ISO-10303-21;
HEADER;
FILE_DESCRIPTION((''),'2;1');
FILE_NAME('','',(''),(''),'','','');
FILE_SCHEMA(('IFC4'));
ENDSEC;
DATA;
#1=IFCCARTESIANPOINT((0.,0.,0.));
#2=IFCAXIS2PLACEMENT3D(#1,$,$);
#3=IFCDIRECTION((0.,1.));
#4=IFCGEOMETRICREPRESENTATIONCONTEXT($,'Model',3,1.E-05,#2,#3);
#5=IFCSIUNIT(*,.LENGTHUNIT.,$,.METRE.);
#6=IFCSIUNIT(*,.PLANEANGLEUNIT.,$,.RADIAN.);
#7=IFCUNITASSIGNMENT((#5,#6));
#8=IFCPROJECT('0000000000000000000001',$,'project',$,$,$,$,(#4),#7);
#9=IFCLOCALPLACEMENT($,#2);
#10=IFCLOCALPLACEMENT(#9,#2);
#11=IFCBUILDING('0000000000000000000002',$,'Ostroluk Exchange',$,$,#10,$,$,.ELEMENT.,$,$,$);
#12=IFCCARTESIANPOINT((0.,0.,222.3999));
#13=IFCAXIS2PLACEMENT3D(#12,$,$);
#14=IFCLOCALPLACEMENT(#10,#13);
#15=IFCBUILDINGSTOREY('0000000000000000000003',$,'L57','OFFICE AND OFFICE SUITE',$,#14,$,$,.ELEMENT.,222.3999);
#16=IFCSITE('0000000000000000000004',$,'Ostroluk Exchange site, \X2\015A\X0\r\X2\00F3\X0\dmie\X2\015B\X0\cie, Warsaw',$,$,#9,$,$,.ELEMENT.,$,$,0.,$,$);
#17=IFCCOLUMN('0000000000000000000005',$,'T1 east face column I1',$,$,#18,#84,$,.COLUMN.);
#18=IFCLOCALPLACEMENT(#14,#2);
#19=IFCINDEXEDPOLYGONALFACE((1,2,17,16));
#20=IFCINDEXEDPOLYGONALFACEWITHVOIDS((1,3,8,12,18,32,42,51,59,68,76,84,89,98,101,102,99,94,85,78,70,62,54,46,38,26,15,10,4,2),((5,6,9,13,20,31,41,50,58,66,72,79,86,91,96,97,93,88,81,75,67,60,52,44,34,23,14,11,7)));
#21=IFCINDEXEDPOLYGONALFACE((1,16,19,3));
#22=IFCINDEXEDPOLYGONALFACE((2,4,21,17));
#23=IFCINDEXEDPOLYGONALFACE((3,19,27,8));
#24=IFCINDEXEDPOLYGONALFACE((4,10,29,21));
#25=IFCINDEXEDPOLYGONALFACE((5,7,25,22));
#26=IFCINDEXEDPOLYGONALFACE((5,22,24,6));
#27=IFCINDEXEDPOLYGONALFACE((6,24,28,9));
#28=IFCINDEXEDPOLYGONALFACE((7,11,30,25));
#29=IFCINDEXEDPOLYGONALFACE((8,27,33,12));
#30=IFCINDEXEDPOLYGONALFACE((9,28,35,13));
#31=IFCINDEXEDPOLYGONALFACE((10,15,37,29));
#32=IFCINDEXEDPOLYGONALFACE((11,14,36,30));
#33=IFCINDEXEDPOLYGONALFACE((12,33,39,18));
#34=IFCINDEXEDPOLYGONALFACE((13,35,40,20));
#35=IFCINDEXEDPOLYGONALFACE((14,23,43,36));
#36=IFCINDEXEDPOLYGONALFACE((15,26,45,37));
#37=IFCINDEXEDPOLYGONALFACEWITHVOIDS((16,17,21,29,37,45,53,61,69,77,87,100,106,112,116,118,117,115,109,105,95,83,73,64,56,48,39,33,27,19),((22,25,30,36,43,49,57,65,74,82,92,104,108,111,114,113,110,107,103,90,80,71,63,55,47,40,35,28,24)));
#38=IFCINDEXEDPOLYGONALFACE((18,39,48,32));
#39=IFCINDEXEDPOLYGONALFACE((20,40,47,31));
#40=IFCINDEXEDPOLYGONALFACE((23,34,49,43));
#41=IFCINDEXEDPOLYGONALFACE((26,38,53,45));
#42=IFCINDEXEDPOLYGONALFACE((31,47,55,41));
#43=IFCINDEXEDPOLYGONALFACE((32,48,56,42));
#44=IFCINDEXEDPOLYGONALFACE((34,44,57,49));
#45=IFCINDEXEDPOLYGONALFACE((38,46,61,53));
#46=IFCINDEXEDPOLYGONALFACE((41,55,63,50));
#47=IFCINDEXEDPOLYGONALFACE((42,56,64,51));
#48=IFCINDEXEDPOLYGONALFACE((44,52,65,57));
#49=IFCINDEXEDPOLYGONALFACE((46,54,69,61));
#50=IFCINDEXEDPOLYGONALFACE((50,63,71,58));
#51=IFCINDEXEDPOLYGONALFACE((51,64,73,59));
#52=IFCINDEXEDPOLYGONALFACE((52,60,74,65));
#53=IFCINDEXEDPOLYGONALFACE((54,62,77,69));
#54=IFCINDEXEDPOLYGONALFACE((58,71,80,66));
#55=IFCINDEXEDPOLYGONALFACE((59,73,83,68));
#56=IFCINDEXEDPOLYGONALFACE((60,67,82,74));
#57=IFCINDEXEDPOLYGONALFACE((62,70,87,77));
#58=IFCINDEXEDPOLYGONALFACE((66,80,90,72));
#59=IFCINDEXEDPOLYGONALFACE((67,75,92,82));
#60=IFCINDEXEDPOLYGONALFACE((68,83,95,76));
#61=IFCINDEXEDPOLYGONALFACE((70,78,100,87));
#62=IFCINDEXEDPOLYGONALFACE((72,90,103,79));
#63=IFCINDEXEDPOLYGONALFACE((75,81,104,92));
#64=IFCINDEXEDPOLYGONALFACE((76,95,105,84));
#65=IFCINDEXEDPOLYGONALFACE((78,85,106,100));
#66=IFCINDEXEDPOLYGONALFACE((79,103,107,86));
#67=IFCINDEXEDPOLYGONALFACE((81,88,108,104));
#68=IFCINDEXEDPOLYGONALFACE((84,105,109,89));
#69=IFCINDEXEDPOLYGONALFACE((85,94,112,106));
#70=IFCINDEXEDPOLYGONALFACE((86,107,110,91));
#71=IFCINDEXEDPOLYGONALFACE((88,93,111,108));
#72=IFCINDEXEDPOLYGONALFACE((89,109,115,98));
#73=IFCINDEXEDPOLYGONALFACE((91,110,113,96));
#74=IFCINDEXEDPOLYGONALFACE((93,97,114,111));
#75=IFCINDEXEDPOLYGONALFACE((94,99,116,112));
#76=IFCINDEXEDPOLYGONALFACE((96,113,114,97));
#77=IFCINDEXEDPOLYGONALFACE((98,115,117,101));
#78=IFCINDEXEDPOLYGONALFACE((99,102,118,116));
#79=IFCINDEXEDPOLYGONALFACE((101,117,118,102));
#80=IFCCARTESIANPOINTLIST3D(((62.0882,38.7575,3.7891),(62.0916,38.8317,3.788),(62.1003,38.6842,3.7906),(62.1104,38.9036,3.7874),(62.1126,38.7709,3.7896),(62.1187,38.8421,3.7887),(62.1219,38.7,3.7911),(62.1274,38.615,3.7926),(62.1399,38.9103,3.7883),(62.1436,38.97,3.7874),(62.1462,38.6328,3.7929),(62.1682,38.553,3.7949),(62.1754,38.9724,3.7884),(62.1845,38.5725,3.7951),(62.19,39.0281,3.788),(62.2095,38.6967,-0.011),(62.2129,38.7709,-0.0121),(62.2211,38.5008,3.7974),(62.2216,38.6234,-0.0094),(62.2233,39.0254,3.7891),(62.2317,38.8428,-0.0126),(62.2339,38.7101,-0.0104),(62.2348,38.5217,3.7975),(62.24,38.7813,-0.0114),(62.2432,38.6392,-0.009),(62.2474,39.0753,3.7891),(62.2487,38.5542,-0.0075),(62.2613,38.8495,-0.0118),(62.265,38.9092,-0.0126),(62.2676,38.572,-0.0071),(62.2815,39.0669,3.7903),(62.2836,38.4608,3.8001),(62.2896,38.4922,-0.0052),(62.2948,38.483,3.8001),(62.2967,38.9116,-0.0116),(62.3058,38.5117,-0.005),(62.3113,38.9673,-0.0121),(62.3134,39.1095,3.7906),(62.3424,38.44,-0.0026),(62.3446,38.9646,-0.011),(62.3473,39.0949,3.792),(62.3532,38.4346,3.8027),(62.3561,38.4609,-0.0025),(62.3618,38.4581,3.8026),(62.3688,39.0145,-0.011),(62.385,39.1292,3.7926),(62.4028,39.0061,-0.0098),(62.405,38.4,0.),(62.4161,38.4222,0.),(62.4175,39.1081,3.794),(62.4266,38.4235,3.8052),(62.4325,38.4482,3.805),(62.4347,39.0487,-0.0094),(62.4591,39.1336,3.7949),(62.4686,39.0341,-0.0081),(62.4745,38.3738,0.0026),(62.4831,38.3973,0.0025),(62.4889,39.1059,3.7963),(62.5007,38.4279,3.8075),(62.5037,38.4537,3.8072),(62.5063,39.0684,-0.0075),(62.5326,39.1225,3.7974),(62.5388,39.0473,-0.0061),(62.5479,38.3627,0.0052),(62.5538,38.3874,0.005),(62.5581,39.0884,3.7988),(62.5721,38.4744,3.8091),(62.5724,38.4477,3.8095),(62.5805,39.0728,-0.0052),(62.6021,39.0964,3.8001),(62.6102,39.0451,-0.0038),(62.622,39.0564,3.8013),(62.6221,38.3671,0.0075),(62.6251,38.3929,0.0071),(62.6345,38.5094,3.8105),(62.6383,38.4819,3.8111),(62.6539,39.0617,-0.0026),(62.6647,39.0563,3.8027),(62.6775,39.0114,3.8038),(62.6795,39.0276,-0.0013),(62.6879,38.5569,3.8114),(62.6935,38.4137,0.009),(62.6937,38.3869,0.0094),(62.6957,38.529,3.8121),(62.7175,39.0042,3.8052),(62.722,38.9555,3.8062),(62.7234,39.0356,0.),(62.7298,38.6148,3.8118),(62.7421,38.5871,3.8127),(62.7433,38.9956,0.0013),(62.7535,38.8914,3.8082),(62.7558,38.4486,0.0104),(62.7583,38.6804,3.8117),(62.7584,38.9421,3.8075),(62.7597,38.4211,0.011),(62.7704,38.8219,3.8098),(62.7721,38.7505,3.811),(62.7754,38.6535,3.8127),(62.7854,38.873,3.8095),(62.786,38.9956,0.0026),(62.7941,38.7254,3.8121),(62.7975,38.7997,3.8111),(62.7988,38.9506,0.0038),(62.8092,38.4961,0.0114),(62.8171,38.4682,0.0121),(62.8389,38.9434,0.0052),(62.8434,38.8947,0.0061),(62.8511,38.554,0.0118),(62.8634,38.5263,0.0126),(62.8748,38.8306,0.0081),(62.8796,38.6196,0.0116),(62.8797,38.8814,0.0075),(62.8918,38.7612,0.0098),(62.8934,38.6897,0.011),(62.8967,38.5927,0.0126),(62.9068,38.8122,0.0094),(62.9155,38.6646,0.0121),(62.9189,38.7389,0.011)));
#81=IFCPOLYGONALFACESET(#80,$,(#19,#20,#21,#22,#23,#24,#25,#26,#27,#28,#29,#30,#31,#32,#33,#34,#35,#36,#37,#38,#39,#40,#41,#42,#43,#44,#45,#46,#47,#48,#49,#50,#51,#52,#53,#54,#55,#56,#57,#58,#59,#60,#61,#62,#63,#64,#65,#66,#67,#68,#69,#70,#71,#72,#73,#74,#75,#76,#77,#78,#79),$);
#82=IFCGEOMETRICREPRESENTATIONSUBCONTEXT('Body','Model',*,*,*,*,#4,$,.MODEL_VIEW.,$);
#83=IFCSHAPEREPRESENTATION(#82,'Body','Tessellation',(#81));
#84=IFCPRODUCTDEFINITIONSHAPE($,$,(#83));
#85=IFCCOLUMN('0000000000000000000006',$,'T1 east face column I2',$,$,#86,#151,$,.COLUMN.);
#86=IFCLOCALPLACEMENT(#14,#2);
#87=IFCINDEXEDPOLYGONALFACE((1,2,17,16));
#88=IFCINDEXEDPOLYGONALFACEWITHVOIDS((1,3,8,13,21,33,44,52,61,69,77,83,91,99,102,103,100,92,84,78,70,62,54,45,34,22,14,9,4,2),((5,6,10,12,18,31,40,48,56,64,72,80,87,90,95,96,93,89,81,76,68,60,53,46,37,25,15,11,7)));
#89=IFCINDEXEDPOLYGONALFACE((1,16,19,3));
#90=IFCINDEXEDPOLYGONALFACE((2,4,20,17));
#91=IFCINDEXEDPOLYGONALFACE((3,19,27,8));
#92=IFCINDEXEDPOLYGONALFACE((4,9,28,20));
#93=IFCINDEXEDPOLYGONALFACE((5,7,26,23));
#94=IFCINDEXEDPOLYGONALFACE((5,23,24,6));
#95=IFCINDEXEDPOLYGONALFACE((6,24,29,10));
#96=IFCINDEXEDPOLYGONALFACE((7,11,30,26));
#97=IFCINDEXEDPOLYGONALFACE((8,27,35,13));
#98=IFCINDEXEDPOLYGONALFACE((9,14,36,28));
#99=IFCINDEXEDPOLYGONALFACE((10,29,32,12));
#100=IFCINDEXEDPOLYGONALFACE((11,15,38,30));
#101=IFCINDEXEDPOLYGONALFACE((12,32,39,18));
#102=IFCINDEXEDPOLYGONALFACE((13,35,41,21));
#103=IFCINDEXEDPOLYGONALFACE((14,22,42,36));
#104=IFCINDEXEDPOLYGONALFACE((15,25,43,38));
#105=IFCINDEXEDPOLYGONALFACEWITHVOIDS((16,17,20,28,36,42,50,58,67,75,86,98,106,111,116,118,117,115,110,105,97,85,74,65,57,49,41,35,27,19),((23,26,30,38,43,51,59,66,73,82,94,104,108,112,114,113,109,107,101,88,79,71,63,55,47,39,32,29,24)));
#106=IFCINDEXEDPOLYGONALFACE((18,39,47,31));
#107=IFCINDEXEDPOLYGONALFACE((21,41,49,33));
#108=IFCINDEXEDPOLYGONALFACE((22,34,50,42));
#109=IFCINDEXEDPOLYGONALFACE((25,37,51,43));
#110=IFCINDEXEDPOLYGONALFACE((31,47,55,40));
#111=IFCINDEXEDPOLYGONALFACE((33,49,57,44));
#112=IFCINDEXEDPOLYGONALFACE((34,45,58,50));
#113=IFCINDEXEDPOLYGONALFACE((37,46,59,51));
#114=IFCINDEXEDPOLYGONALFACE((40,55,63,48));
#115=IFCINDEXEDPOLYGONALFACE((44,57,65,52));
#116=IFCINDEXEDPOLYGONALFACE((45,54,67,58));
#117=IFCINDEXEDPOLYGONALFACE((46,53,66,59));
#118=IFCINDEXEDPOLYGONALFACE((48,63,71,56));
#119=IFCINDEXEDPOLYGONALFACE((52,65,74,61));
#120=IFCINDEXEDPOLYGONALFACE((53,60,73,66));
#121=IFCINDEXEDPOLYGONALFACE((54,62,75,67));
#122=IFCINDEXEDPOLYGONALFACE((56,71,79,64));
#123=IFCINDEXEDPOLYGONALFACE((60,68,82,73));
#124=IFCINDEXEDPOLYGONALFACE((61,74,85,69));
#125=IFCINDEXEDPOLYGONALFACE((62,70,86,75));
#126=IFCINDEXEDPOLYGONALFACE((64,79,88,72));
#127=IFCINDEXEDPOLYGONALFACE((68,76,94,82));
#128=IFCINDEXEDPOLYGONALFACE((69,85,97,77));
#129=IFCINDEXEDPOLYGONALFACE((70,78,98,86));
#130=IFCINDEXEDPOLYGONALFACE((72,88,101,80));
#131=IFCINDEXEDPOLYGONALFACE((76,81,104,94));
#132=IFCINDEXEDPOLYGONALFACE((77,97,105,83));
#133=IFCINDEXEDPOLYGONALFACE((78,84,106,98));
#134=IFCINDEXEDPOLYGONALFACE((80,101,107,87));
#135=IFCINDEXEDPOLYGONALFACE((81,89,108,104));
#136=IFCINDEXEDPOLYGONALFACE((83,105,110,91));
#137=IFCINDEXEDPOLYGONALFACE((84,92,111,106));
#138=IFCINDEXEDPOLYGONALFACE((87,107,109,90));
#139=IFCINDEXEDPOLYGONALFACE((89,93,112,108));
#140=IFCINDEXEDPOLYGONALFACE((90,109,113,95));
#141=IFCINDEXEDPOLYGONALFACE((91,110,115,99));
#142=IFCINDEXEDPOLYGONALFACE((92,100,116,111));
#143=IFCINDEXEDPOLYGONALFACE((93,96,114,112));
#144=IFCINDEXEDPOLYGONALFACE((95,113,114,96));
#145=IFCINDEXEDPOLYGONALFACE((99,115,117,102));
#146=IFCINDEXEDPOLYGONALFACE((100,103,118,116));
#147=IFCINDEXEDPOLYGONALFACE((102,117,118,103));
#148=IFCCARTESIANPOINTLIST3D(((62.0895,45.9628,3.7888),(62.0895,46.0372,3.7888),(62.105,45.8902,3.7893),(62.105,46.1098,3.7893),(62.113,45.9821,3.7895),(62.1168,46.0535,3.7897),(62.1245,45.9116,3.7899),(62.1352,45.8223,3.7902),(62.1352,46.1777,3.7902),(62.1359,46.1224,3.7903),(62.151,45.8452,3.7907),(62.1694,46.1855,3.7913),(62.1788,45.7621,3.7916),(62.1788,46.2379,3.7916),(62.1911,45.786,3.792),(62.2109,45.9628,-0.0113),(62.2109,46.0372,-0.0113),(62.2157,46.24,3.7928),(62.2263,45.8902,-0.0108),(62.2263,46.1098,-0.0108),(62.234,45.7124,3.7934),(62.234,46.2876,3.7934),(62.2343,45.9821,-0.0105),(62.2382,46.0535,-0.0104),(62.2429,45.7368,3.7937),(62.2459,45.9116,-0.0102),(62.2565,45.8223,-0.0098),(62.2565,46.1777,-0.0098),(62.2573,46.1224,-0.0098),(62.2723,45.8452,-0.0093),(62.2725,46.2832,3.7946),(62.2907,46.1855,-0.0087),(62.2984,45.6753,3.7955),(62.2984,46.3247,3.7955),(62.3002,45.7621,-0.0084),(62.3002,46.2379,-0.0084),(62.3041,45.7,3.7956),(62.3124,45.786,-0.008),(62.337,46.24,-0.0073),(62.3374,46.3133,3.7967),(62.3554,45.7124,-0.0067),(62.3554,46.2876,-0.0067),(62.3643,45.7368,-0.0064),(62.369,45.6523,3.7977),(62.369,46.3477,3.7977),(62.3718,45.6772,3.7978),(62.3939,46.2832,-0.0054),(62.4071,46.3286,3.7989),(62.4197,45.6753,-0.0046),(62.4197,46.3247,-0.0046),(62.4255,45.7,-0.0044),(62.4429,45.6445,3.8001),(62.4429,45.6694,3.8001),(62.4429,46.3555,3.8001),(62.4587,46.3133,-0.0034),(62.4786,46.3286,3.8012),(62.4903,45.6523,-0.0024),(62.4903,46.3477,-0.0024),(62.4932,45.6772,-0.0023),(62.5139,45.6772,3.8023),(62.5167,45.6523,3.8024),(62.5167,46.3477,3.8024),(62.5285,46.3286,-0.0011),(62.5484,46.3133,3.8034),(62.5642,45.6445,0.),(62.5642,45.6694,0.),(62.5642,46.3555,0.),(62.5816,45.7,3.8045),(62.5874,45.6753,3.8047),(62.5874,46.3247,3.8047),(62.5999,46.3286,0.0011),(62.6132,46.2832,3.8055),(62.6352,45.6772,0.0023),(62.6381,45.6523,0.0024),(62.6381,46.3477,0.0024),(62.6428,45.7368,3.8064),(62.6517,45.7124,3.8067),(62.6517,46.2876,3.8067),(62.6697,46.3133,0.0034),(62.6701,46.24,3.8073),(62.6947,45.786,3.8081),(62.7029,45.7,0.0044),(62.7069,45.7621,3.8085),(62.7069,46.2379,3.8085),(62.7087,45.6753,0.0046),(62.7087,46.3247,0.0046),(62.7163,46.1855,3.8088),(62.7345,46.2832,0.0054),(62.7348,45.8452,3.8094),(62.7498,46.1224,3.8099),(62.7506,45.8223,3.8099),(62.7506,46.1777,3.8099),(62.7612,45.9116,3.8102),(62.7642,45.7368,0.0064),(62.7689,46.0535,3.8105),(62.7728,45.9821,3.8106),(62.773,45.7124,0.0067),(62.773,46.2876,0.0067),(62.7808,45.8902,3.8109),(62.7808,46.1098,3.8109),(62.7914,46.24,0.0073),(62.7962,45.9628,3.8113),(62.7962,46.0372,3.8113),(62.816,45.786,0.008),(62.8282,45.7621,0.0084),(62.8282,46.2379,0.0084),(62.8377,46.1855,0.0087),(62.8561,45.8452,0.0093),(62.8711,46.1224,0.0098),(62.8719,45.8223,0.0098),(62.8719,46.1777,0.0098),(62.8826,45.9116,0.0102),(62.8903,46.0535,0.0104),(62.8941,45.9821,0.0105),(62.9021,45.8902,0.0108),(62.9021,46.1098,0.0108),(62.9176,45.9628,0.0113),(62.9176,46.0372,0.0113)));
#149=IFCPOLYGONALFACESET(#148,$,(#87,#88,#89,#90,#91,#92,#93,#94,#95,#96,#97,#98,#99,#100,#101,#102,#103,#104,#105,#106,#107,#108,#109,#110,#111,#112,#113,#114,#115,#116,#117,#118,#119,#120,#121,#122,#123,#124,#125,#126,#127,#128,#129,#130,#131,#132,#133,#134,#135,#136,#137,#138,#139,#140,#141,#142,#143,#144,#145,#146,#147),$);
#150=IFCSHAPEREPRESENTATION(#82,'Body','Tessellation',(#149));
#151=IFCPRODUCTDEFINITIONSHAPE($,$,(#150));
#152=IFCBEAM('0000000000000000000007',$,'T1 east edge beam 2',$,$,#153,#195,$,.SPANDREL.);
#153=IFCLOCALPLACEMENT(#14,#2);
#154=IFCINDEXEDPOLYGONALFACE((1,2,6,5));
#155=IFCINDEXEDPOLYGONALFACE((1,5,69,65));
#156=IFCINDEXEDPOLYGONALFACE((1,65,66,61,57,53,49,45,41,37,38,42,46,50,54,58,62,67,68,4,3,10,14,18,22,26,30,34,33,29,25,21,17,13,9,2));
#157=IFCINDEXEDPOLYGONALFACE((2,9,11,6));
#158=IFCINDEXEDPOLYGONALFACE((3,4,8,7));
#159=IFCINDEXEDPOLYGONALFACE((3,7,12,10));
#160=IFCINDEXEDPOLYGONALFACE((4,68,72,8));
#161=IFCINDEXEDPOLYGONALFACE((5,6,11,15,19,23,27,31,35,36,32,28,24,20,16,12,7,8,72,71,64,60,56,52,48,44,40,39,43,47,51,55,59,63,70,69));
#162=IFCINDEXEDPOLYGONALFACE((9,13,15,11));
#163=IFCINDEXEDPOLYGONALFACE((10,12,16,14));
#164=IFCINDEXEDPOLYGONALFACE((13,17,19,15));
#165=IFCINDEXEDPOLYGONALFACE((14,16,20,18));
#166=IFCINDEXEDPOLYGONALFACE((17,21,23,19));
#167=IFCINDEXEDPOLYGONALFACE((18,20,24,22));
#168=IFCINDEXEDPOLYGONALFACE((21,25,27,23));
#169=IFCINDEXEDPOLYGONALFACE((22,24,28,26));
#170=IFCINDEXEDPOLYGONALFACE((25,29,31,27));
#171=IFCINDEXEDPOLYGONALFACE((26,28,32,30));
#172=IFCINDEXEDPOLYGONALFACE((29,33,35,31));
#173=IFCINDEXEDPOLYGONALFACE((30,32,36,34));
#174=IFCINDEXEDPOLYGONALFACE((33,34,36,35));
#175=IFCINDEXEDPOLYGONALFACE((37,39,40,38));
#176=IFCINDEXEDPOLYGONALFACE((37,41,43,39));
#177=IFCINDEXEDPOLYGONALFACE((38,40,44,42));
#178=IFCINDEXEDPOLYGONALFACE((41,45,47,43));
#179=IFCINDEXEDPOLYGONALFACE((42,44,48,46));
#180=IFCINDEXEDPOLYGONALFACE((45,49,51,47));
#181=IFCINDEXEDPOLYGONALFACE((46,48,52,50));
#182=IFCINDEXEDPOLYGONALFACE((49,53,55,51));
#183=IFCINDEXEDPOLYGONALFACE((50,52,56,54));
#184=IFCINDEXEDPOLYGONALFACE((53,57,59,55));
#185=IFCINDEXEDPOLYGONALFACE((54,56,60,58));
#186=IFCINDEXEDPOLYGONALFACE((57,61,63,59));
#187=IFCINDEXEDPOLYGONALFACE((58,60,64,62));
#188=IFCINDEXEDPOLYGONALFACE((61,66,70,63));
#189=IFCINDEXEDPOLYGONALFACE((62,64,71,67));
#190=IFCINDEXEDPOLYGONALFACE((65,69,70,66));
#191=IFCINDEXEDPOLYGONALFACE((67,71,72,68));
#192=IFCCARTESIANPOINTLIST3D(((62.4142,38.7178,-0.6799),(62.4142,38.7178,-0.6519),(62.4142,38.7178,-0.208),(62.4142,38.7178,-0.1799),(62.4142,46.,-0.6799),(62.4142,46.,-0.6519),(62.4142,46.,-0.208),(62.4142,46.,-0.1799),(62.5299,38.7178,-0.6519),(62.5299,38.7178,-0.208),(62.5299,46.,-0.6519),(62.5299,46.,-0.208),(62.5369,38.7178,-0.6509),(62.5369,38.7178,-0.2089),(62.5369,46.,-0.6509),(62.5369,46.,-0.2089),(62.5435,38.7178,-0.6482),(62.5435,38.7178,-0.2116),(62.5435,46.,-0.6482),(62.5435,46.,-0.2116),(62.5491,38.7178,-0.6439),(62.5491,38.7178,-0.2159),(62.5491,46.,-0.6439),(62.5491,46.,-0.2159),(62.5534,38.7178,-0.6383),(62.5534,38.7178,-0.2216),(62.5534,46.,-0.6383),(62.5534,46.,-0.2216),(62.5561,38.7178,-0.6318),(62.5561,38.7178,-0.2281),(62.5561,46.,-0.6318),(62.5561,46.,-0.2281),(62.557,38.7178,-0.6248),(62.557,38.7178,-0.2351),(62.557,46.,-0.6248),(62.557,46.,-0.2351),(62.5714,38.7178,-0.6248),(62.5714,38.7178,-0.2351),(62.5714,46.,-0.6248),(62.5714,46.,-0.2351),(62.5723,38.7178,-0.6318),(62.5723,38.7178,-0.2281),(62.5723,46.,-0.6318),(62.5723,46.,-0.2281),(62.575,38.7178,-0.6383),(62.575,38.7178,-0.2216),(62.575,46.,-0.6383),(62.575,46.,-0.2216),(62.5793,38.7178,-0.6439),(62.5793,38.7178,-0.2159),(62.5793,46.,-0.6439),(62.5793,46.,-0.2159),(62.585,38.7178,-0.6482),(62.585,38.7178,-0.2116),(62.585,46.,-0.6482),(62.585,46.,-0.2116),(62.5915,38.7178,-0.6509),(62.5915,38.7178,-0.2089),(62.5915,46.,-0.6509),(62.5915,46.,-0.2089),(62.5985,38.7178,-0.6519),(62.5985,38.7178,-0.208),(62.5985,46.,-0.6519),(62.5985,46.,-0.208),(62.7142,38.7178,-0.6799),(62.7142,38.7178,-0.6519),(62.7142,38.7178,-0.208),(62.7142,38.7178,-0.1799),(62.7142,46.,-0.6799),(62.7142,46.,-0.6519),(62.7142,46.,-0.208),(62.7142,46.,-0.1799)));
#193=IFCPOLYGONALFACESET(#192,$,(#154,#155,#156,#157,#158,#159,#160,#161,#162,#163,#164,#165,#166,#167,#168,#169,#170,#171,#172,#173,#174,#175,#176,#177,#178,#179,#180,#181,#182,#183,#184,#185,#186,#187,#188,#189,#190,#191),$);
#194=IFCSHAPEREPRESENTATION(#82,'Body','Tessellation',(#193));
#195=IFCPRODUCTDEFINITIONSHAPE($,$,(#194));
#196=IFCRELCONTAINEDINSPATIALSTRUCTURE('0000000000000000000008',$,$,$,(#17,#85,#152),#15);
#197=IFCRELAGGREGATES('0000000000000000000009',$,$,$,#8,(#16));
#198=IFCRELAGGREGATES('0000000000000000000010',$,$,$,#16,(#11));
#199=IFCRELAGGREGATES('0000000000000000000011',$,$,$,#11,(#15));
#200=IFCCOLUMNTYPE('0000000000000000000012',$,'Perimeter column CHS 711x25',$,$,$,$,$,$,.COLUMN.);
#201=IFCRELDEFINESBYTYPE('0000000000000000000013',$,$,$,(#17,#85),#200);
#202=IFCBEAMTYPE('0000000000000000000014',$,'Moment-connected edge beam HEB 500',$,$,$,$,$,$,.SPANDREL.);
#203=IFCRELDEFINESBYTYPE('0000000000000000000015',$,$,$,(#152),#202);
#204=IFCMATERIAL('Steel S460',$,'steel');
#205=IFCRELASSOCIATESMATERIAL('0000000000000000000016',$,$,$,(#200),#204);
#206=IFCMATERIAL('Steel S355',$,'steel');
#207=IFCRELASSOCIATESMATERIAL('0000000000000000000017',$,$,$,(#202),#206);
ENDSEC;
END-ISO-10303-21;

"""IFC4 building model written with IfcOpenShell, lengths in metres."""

from ifc_helpers import new_model, si_unit, direction, frame, origin, origin_2d, place, context, subcontext, project, spatial, hollow_circle, i_section, extrude, material, material_profile, profile_set, type_object, element, save


model = new_model("IFC4")

# Units and contexts
model_context = context("Model", 3, precision=1e-05, world=origin(), true_north=direction((0.0, 1.0)))
body_context = subcontext(model_context, "Body", "Model", "MODEL_VIEW")
ifc_project = project(units=[si_unit("LENGTHUNIT", "METRE"), si_unit("PLANEANGLEUNIT", "RADIAN")], contexts=[model_context])

# Site, building, storey
site_placement = place(None, origin())
site = spatial("IfcSite", under=ifc_project, at=site_placement, Name="Ostroluk Exchange site, Śródmieście, Warsaw", CompositionType="ELEMENT", RefElevation=0.0)
building_placement = place(site_placement, origin())
building = spatial("IfcBuilding", under=site, at=building_placement, Name="Ostroluk Exchange", CompositionType="ELEMENT")
storey_placement = place(building_placement, frame((0.0, 0.0, 222.3999)))
storey = spatial("IfcBuildingStorey", under=building, at=storey_placement, Name="L57", Description="OFFICE AND OFFICE SUITE", CompositionType="ELEMENT", Elevation=222.3999)

# Columns
ifc_material_1 = material(Name="Steel S460", Category="steel")
ifc_material_profile_1 = material_profile(ifc_material_1, hollow_circle(Radius=0.3555, WallThickness=0.0249, at=origin_2d()), Name="CHS 711x25")
ifc_profile_set_1 = profile_set([ifc_material_profile_1], Name="Steel S460")
column_type = type_object("IfcColumnType", Name="Perimeter column CHS 711x25", PredefinedType="COLUMN", material=ifc_profile_set_1)
column_1_placement = place(storey_placement, frame((62.5642, 38.7178, 0.0), z_axis=(-0.03191, 0.015987, 0.999363), x_axis=(-0.447933, -0.894067, 0.0)))
element("IfcColumn", 1, at=column_1_placement, inside=storey, type_object=column_type, Name="T1 east face column I1", PredefinedType="COLUMN", context=body_context, shape_type="SweptSolid", body=[
    extrude(hollow_circle(Radius=0.3555, WallThickness=0.0249, at=origin_2d()), origin(), (0.0, 0.0, 1.0), 3.8025),
])
column_2_placement = place(storey_placement, frame((62.5642, 46.0, 0.0), z_axis=(-0.031914, 0.0, 0.999491), x_axis=(0.0, -1.0, 0.0)))
element("IfcColumn", 2, at=column_2_placement, inside=storey, type_object=column_type, Name="T1 east face column I2", PredefinedType="COLUMN", context=body_context, shape_type="SweptSolid", body=[
    extrude(hollow_circle(Radius=0.3555, WallThickness=0.0249, at=origin_2d()), origin(), (0.0, 0.0, 1.0), 3.802),
])

# Beam
ifc_material_2 = material(Name="Steel S355", Category="steel")
ifc_material_profile_2 = material_profile(ifc_material_2, i_section(OverallWidth=0.3, OverallDepth=0.5, WebThickness=0.0144, FlangeThickness=0.0281, FilletRadius=0.0271, at=origin_2d()), Name="HEB 500")
ifc_profile_set_2 = profile_set([ifc_material_profile_2], Name="Steel S355")
beam_type = type_object("IfcBeamType", Name="Moment-connected edge beam HEB 500", PredefinedType="SPANDREL", material=ifc_profile_set_2)
beam_placement = place(storey_placement, frame((62.5642, 38.7178, -0.4299), z_axis=(0.0, 1.0, 0.0), x_axis=(-1.0, 0.0, 0.0)))
element("IfcBeam", 3, at=beam_placement, inside=storey, type_object=beam_type, Name="T1 east edge beam 2", PredefinedType="SPANDREL", context=body_context, shape_type="SweptSolid", body=[
    extrude(i_section(OverallWidth=0.3, OverallDepth=0.5, WebThickness=0.0144, FlangeThickness=0.0281, FilletRadius=0.0271, at=origin_2d()), origin(), (0.0, 0.0, 1.0), 7.2822),
])

save(model, "model.ifc")
